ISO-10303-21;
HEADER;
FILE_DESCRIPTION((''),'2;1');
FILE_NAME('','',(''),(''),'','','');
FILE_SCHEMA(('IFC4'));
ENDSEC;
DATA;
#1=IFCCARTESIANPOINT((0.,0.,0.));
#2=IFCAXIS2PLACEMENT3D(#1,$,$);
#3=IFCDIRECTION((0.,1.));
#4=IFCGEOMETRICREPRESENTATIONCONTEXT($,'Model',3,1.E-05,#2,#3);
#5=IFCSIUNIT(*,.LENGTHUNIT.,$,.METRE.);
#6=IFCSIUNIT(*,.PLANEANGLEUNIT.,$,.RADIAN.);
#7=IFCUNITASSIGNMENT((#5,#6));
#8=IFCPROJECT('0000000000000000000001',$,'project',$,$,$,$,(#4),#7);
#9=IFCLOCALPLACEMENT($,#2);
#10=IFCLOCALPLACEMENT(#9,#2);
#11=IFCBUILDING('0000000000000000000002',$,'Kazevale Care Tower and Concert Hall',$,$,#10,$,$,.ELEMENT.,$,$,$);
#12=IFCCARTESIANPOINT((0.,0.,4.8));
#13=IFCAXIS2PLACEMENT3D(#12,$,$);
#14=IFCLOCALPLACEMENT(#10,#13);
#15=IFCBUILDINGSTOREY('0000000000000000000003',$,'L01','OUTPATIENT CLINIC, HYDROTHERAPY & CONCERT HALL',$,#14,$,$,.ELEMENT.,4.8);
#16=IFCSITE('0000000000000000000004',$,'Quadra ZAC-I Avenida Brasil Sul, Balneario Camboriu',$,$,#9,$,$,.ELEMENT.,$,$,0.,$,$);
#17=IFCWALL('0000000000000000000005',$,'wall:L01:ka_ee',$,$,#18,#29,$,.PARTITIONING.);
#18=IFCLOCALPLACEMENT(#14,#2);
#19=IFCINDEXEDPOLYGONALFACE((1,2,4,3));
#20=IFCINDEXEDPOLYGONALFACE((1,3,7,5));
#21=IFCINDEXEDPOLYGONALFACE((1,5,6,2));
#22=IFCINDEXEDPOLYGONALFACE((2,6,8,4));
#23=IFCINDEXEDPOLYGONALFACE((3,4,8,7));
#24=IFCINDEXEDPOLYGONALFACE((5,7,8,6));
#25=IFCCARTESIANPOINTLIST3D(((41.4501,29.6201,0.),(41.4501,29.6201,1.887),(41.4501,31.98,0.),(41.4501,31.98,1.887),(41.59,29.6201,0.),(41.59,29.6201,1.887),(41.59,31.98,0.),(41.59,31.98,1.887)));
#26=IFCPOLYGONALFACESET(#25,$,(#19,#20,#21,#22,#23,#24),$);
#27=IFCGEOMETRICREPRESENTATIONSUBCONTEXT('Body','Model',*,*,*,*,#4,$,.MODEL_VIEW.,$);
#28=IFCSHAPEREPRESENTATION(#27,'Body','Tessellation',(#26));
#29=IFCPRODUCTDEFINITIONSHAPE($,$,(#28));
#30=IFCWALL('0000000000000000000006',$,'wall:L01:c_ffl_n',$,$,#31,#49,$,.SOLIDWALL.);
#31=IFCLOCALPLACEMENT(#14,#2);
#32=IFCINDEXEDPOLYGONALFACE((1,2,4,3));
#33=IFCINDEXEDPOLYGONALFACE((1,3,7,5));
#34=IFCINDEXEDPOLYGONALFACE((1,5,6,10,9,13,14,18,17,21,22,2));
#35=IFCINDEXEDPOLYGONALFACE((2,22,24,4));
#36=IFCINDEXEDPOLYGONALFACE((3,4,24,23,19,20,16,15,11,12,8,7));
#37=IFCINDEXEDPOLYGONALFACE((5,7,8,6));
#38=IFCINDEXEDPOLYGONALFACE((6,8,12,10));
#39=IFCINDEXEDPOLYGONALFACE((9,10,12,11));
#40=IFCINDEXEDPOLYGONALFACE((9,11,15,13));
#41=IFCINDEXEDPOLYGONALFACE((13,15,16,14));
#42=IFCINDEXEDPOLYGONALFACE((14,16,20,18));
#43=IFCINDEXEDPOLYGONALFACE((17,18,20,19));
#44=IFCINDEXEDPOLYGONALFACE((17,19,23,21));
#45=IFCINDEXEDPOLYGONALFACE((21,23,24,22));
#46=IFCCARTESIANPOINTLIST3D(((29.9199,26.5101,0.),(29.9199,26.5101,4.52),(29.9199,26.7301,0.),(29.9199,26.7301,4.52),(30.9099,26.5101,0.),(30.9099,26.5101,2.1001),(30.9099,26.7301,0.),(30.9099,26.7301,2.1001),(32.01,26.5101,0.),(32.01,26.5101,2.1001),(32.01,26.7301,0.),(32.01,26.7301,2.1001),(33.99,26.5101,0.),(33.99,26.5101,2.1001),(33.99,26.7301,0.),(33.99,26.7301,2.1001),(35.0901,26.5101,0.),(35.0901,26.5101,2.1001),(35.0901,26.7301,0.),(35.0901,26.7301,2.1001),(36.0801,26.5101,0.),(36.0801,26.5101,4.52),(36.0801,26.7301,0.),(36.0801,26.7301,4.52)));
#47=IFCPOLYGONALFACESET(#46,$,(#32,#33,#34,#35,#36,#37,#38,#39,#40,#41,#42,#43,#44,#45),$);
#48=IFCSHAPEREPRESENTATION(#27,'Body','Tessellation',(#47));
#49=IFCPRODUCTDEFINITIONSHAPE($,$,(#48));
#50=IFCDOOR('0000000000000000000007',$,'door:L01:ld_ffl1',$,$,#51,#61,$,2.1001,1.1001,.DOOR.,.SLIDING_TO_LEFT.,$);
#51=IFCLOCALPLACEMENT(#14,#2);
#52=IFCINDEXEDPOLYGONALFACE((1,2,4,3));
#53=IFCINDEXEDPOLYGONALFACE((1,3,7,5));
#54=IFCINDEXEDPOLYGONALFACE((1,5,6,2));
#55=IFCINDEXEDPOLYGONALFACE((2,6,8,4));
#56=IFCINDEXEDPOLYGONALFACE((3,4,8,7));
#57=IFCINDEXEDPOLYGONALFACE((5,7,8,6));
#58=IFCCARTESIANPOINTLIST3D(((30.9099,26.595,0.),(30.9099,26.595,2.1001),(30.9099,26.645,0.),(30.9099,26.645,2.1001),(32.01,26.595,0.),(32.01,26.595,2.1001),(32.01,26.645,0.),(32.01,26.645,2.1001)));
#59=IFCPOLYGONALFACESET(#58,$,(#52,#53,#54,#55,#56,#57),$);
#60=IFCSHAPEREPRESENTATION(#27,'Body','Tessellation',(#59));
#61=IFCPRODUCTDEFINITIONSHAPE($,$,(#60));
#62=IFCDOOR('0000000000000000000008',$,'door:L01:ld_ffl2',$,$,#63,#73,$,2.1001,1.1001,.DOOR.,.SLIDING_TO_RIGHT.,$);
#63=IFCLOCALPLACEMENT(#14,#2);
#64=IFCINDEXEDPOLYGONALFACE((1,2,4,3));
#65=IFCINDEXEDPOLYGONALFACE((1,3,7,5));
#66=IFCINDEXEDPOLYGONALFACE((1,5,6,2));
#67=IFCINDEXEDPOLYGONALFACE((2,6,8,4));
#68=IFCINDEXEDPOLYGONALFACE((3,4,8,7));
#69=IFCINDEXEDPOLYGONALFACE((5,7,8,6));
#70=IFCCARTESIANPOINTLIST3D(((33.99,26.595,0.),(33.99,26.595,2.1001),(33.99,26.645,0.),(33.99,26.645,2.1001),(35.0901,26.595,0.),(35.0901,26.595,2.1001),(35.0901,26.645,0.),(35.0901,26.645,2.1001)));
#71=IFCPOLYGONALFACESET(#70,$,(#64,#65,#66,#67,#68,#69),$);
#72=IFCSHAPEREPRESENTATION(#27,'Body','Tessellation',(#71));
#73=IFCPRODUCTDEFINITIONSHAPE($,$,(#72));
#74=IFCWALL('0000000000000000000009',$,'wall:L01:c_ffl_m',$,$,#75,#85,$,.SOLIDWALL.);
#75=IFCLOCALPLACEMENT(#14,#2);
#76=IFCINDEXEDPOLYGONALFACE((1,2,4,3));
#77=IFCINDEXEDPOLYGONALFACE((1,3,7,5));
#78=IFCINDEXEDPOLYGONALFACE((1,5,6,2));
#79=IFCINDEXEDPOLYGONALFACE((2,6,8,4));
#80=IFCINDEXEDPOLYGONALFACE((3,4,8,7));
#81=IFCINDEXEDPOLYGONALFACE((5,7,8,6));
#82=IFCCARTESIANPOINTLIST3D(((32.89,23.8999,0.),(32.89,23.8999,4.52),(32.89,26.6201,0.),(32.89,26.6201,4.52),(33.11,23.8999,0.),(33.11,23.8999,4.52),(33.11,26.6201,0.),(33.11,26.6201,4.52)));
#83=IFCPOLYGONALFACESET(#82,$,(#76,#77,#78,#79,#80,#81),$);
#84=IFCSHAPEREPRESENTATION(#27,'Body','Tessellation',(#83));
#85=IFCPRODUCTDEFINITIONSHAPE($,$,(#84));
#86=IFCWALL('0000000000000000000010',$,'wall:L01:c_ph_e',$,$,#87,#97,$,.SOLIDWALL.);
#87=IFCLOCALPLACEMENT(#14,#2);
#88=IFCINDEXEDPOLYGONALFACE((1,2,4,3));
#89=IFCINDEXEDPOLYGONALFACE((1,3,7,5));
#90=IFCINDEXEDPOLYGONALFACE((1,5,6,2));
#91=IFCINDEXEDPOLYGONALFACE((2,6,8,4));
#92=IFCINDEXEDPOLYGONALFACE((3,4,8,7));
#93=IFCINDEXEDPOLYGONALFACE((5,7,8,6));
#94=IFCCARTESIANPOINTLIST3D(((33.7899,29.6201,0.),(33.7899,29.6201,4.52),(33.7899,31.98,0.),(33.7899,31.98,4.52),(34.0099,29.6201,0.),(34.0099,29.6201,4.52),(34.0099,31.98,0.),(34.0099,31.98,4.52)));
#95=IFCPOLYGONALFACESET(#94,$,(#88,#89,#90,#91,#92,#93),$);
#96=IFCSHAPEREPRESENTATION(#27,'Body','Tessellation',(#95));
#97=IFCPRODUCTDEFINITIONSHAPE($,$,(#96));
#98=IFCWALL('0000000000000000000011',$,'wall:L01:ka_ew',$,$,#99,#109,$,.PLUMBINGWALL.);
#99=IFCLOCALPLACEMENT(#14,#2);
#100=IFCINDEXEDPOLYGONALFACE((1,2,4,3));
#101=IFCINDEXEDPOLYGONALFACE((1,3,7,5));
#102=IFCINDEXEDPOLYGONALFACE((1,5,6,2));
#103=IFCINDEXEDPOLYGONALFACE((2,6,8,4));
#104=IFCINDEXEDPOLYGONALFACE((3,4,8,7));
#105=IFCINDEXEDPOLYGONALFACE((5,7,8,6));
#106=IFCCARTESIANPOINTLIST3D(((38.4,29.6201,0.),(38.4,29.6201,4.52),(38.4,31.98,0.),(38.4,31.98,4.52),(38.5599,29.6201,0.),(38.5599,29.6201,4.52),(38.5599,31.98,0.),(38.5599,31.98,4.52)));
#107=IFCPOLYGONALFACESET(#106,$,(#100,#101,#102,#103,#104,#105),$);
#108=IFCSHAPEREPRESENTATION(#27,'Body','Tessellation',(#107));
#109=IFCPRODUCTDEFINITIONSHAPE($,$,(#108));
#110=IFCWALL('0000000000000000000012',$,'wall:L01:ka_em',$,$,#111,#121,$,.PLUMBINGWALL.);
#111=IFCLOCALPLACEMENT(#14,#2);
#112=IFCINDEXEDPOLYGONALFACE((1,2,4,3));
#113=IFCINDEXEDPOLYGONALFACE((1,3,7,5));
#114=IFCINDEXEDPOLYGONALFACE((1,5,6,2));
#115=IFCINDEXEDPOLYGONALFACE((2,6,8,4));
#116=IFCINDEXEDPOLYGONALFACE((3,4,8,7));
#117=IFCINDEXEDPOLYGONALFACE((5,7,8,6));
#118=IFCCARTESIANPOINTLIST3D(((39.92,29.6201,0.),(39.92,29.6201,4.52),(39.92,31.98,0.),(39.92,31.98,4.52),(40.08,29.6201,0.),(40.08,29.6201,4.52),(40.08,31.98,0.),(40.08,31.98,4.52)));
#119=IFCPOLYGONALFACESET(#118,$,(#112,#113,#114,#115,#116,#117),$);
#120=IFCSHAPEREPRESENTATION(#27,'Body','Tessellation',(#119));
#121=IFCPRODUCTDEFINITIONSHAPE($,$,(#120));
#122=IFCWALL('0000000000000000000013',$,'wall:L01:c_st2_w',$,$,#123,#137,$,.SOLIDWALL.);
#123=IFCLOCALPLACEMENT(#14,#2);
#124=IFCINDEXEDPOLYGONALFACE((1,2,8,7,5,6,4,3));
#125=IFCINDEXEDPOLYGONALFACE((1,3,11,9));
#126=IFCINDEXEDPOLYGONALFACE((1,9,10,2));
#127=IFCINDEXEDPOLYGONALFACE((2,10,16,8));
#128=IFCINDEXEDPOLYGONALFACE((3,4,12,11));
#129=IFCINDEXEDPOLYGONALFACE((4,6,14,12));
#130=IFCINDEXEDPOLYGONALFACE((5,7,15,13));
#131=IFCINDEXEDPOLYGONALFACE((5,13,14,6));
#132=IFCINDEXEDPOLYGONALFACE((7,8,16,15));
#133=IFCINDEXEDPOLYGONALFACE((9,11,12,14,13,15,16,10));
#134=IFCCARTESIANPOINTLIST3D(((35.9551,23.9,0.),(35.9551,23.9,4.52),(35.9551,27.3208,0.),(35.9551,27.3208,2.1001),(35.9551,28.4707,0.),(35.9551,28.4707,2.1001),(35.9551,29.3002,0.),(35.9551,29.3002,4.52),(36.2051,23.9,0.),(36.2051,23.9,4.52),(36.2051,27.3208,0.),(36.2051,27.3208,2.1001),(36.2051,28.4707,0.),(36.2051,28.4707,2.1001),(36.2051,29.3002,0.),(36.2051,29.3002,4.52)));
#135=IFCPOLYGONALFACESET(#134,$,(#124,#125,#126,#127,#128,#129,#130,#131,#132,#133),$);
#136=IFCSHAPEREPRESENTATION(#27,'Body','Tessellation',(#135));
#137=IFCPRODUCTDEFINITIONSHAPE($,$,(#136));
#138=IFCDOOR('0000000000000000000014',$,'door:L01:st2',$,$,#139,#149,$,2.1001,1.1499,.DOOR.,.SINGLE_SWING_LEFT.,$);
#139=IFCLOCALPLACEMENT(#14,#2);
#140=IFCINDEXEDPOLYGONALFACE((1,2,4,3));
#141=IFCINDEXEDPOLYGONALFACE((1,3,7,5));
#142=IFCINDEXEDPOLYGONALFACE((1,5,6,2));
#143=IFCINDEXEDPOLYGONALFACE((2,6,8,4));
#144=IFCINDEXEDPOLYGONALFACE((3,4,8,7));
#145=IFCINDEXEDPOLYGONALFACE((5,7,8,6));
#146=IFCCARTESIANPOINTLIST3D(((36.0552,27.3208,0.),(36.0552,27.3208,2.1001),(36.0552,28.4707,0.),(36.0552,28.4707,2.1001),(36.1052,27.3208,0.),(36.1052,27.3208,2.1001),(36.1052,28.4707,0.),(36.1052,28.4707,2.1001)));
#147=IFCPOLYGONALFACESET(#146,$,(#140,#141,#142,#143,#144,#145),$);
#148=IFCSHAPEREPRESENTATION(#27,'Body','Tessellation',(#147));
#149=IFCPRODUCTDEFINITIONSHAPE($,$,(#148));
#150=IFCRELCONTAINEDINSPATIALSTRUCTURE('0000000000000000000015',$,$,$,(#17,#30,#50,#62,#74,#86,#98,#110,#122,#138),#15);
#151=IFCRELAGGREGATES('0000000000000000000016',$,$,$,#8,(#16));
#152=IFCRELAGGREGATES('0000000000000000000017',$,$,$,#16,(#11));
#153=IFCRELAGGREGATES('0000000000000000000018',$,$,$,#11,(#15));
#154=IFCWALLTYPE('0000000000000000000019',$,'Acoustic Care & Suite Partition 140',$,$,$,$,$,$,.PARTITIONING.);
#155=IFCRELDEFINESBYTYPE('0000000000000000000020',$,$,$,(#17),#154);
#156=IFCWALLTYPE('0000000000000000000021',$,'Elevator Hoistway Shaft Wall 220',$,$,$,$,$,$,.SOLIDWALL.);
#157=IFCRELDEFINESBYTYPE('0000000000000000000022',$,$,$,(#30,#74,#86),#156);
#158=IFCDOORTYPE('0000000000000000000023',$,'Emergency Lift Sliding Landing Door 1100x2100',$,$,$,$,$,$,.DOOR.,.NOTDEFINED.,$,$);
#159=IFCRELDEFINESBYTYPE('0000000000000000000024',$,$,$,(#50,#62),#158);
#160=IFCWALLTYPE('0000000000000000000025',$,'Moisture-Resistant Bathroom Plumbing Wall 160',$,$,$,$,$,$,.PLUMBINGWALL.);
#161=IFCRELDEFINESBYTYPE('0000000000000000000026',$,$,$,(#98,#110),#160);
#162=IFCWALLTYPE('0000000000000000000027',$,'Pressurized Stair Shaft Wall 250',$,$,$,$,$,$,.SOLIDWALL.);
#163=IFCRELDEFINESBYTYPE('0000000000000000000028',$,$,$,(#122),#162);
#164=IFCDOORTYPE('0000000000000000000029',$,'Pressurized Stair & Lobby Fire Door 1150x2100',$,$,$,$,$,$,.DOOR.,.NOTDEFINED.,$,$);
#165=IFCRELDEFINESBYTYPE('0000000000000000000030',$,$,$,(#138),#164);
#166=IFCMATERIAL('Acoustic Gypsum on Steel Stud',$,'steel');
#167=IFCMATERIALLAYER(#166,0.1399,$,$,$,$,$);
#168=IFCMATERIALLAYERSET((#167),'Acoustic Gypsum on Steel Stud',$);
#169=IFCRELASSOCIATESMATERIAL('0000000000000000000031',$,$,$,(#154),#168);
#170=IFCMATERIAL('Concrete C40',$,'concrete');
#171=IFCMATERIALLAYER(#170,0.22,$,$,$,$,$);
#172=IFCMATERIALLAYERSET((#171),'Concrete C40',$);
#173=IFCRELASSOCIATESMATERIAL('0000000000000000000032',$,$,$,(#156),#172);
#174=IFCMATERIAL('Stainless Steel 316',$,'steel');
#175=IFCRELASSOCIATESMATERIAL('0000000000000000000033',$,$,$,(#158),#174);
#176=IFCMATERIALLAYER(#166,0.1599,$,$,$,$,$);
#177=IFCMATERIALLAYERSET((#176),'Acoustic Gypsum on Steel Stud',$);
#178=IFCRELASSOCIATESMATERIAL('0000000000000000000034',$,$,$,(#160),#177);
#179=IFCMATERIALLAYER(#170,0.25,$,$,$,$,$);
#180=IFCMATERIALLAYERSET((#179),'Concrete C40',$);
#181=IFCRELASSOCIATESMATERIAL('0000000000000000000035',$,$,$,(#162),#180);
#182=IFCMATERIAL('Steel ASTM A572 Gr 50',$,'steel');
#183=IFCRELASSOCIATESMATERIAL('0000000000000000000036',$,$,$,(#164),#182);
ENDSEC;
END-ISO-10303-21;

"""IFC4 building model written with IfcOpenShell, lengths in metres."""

from ifc_helpers import new_model, si_unit, direction, frame, frame_2d, origin, place, context, subcontext, project, spatial, rectangle, extrude, material, layer, layer_set, type_object, element, fill, save


model = new_model("IFC4")

# Units and contexts
model_context = context("Model", 3, precision=1e-05, world=origin(), true_north=direction((0.0, 1.0)))
body_context = subcontext(model_context, "Body", "Model", "MODEL_VIEW")
ifc_project = project(units=[si_unit("LENGTHUNIT", "METRE"), si_unit("PLANEANGLEUNIT", "RADIAN")], contexts=[model_context])

# Site, building, storey
site_placement = place(None, origin())
site = spatial("IfcSite", under=ifc_project, at=site_placement, Name="Quadra ZAC-I Avenida Brasil Sul, Balneario Camboriu", CompositionType="ELEMENT", RefElevation=0.0)
building_placement = place(site_placement, origin())
building = spatial("IfcBuilding", under=site, at=building_placement, Name="Kazevale Care Tower and Concert Hall", CompositionType="ELEMENT")
storey_placement = place(building_placement, frame((0.0, 0.0, 4.8)))
storey = spatial("IfcBuildingStorey", under=building, at=storey_placement, Name="L01", Description="OUTPATIENT CLINIC, HYDROTHERAPY & CONCERT HALL", CompositionType="ELEMENT", Elevation=4.8)

# Wall
ifc_material_1 = material(Name="Acoustic Gypsum on Steel Stud", Category="steel")
ifc_layer_1 = layer(ifc_material_1, 0.1399)
ifc_layer_set_1 = layer_set([ifc_layer_1], Name="Acoustic Gypsum on Steel Stud")
wall_type_1 = type_object("IfcWallType", Name="Acoustic Care & Suite Partition 140", PredefinedType="PARTITIONING", material=ifc_layer_set_1)
wall_1_placement = place(storey_placement, frame((41.52, 29.6201, 0.0), z_axis=(0.0, 0.0, 1.0), x_axis=(0.0, 1.0, 0.0)))
element("IfcWall", 1, at=wall_1_placement, inside=storey, type_object=wall_type_1, Name="wall:L01:ka_ee", PredefinedType="PARTITIONING", context=body_context, shape_type="SweptSolid", body=[
    extrude(rectangle(XDim=2.3599, YDim=0.1399, at=frame_2d((1.1799, 0.0))), origin(), (0.0, 0.0, 1.0), 1.887),
])

# Wall, openings, doors
ifc_material_2 = material(Name="Concrete C40", Category="concrete")
ifc_layer_2 = layer(ifc_material_2, 0.22)
ifc_layer_set_2 = layer_set([ifc_layer_2], Name="Concrete C40")
wall_type_2 = type_object("IfcWallType", Name="Elevator Hoistway Shaft Wall 220", PredefinedType="SOLIDWALL", material=ifc_layer_set_2)
wall_2_placement = place(storey_placement, frame((29.9199, 26.6201, 0.0), z_axis=(0.0, 0.0, 1.0), x_axis=(1.0, 0.0, 0.0)))
wall_2 = element("IfcWall", 2, at=wall_2_placement, inside=storey, type_object=wall_type_2, Name="wall:L01:c_ffl_n", PredefinedType="SOLIDWALL", context=body_context, shape_type="SweptSolid", body=[
    extrude(rectangle(XDim=6.1602, YDim=0.22, at=frame_2d((3.0801, 0.0))), origin(), (0.0, 0.0, 1.0), 4.52),
])
opening_1_placement = place(wall_2_placement, frame((0.99, 0.0, 0.0)))
opening_1 = element("IfcOpeningElement", 3, at=opening_1_placement, cuts=wall_2, PredefinedType="OPENING", context=body_context, shape_type="SweptSolid", body=[
    extrude(rectangle(XDim=1.1001, YDim=2.1001, at=frame_2d((0.55, 1.05))), frame((0.0, 0.1199, 0.0), z_axis=(0.0, -1.0, 0.0), x_axis=(1.0, 0.0, 0.0)), (0.0, 0.0, 1.0), 0.24),
])
opening_2_placement = place(wall_2_placement, frame((4.0701, 0.0, 0.0)))
opening_2 = element("IfcOpeningElement", 4, at=opening_2_placement, cuts=wall_2, PredefinedType="OPENING", context=body_context, shape_type="SweptSolid", body=[
    extrude(rectangle(XDim=1.1001, YDim=2.1001, at=frame_2d((0.55, 1.05))), frame((0.0, 0.1199, 0.0), z_axis=(0.0, -1.0, 0.0), x_axis=(1.0, 0.0, 0.0)), (0.0, 0.0, 1.0), 0.24),
])
ifc_material_3 = material(Name="Stainless Steel 316", Category="steel")
door_type_1 = type_object("IfcDoorType", Name="Emergency Lift Sliding Landing Door 1100x2100", OperationType="NOTDEFINED", PredefinedType="DOOR", material=ifc_material_3)
door_1_placement = place(opening_1_placement, origin())
door_1 = element("IfcDoor", 5, at=door_1_placement, inside=storey, type_object=door_type_1, Name="door:L01:ld_ffl1", OperationType="SLIDING_TO_LEFT", OverallHeight=2.1001, OverallWidth=1.1001, PredefinedType="DOOR", context=body_context, shape_type="SweptSolid", body=[
    extrude(rectangle(XDim=1.1001, YDim=2.1001, at=frame_2d((0.55, 1.05))), frame((0.0, 0.0249, 0.0), z_axis=(0.0, -1.0, 0.0), x_axis=(1.0, 0.0, 0.0)), (0.0, 0.0, 1.0), 0.05),
])
fill(opening_1, door_1)
door_2_placement = place(opening_2_placement, origin())
door_2 = element("IfcDoor", 6, at=door_2_placement, inside=storey, type_object=door_type_1, Name="door:L01:ld_ffl2", OperationType="SLIDING_TO_RIGHT", OverallHeight=2.1001, OverallWidth=1.1001, PredefinedType="DOOR", context=body_context, shape_type="SweptSolid", body=[
    extrude(rectangle(XDim=1.1001, YDim=2.1001, at=frame_2d((0.55, 1.05))), frame((0.0, 0.0249, 0.0), z_axis=(0.0, -1.0, 0.0), x_axis=(1.0, 0.0, 0.0)), (0.0, 0.0, 1.0), 0.05),
])
fill(opening_2, door_2)

# Walls
wall_3_placement = place(storey_placement, frame((33.0, 23.8999, 0.0), z_axis=(0.0, 0.0, 1.0), x_axis=(0.0, 1.0, 0.0)))
element("IfcWall", 7, at=wall_3_placement, inside=storey, type_object=wall_type_2, Name="wall:L01:c_ffl_m", PredefinedType="SOLIDWALL", context=body_context, shape_type="SweptSolid", body=[
    extrude(rectangle(XDim=2.7202, YDim=0.22, at=frame_2d((1.3601, 0.0))), origin(), (0.0, 0.0, 1.0), 4.52),
])
wall_4_placement = place(storey_placement, frame((33.8999, 29.6201, 0.0), z_axis=(0.0, 0.0, 1.0), x_axis=(0.0, 1.0, 0.0)))
element("IfcWall", 8, at=wall_4_placement, inside=storey, type_object=wall_type_2, Name="wall:L01:c_ph_e", PredefinedType="SOLIDWALL", context=body_context, shape_type="SweptSolid", body=[
    extrude(rectangle(XDim=2.3599, YDim=0.22, at=frame_2d((1.1799, 0.0))), origin(), (0.0, 0.0, 1.0), 4.52),
])
ifc_layer_3 = layer(ifc_material_1, 0.1599)
ifc_layer_set_3 = layer_set([ifc_layer_3], Name="Acoustic Gypsum on Steel Stud")
wall_type_3 = type_object("IfcWallType", Name="Moisture-Resistant Bathroom Plumbing Wall 160", PredefinedType="PLUMBINGWALL", material=ifc_layer_set_3)
for number, where, z_axis, x_axis, name in (
    (9, (38.48, 29.6201, 0.0), (0.0, 0.0, 1.0), (0.0, 1.0, 0.0), "wall:L01:ka_ew"),
    (10, (40.0, 29.6201, 0.0), (0.0, 0.0, 1.0), (0.0, 1.0, 0.0), "wall:L01:ka_em"),
):
    element("IfcWall", number, at=place(storey_placement, frame(where, z_axis=z_axis, x_axis=x_axis)), inside=storey, type_object=wall_type_3, Name=name, PredefinedType="PLUMBINGWALL", context=body_context, shape_type="SweptSolid", body=[
        extrude(rectangle(XDim=2.3599, YDim=0.1599, at=frame_2d((1.1799, 0.0))), origin(), (0.0, 0.0, 1.0), 4.52),
    ])

# Wall, opening, door
ifc_layer_4 = layer(ifc_material_2, 0.25)
ifc_layer_set_4 = layer_set([ifc_layer_4], Name="Concrete C40")
wall_type_4 = type_object("IfcWallType", Name="Pressurized Stair Shaft Wall 250", PredefinedType="SOLIDWALL", material=ifc_layer_set_4)
wall_5_placement = place(storey_placement, frame((36.0801, 23.8999, 0.0), z_axis=(0.0, 0.0, 1.0), x_axis=(0.0, 1.0, 0.0)))
wall_5 = element("IfcWall", 11, at=wall_5_placement, inside=storey, type_object=wall_type_4, Name="wall:L01:c_st2_w", PredefinedType="SOLIDWALL", context=body_context, shape_type="SweptSolid", body=[
    extrude(rectangle(XDim=5.4001, YDim=0.25, at=frame_2d((2.7002, 0.0))), origin(), (0.0, 0.0, 1.0), 4.52),
])
opening_3_placement = place(wall_5_placement, frame((3.4209, 0.0, 0.0)))
opening_3 = element("IfcOpeningElement", 12, at=opening_3_placement, cuts=wall_5, PredefinedType="OPENING", context=body_context, shape_type="SweptSolid", body=[
    extrude(rectangle(XDim=1.1499, YDim=2.1001, at=frame_2d((0.575, 1.05))), frame((0.0, 0.135, 0.0), z_axis=(0.0, -1.0, 0.0), x_axis=(1.0, 0.0, 0.0)), (0.0, 0.0, 1.0), 0.27),
])
ifc_material_4 = material(Name="Steel ASTM A572 Gr 50", Category="steel")
door_type_2 = type_object("IfcDoorType", Name="Pressurized Stair & Lobby Fire Door 1150x2100", OperationType="NOTDEFINED", PredefinedType="DOOR", material=ifc_material_4)
door_3_placement = place(opening_3_placement, origin())
door_3 = element("IfcDoor", 13, at=door_3_placement, inside=storey, type_object=door_type_2, Name="door:L01:st2", OperationType="SINGLE_SWING_LEFT", OverallHeight=2.1001, OverallWidth=1.1499, PredefinedType="DOOR", context=body_context, shape_type="SweptSolid", body=[
    extrude(rectangle(XDim=1.1499, YDim=2.1001, at=frame_2d((0.575, 1.05))), frame((0.0, 0.0249, 0.0), z_axis=(0.0, -1.0, 0.0), x_axis=(1.0, 0.0, 0.0)), (0.0, 0.0, 1.0), 0.05),
])
fill(opening_3, door_3)

save(model, "model.ifc")
